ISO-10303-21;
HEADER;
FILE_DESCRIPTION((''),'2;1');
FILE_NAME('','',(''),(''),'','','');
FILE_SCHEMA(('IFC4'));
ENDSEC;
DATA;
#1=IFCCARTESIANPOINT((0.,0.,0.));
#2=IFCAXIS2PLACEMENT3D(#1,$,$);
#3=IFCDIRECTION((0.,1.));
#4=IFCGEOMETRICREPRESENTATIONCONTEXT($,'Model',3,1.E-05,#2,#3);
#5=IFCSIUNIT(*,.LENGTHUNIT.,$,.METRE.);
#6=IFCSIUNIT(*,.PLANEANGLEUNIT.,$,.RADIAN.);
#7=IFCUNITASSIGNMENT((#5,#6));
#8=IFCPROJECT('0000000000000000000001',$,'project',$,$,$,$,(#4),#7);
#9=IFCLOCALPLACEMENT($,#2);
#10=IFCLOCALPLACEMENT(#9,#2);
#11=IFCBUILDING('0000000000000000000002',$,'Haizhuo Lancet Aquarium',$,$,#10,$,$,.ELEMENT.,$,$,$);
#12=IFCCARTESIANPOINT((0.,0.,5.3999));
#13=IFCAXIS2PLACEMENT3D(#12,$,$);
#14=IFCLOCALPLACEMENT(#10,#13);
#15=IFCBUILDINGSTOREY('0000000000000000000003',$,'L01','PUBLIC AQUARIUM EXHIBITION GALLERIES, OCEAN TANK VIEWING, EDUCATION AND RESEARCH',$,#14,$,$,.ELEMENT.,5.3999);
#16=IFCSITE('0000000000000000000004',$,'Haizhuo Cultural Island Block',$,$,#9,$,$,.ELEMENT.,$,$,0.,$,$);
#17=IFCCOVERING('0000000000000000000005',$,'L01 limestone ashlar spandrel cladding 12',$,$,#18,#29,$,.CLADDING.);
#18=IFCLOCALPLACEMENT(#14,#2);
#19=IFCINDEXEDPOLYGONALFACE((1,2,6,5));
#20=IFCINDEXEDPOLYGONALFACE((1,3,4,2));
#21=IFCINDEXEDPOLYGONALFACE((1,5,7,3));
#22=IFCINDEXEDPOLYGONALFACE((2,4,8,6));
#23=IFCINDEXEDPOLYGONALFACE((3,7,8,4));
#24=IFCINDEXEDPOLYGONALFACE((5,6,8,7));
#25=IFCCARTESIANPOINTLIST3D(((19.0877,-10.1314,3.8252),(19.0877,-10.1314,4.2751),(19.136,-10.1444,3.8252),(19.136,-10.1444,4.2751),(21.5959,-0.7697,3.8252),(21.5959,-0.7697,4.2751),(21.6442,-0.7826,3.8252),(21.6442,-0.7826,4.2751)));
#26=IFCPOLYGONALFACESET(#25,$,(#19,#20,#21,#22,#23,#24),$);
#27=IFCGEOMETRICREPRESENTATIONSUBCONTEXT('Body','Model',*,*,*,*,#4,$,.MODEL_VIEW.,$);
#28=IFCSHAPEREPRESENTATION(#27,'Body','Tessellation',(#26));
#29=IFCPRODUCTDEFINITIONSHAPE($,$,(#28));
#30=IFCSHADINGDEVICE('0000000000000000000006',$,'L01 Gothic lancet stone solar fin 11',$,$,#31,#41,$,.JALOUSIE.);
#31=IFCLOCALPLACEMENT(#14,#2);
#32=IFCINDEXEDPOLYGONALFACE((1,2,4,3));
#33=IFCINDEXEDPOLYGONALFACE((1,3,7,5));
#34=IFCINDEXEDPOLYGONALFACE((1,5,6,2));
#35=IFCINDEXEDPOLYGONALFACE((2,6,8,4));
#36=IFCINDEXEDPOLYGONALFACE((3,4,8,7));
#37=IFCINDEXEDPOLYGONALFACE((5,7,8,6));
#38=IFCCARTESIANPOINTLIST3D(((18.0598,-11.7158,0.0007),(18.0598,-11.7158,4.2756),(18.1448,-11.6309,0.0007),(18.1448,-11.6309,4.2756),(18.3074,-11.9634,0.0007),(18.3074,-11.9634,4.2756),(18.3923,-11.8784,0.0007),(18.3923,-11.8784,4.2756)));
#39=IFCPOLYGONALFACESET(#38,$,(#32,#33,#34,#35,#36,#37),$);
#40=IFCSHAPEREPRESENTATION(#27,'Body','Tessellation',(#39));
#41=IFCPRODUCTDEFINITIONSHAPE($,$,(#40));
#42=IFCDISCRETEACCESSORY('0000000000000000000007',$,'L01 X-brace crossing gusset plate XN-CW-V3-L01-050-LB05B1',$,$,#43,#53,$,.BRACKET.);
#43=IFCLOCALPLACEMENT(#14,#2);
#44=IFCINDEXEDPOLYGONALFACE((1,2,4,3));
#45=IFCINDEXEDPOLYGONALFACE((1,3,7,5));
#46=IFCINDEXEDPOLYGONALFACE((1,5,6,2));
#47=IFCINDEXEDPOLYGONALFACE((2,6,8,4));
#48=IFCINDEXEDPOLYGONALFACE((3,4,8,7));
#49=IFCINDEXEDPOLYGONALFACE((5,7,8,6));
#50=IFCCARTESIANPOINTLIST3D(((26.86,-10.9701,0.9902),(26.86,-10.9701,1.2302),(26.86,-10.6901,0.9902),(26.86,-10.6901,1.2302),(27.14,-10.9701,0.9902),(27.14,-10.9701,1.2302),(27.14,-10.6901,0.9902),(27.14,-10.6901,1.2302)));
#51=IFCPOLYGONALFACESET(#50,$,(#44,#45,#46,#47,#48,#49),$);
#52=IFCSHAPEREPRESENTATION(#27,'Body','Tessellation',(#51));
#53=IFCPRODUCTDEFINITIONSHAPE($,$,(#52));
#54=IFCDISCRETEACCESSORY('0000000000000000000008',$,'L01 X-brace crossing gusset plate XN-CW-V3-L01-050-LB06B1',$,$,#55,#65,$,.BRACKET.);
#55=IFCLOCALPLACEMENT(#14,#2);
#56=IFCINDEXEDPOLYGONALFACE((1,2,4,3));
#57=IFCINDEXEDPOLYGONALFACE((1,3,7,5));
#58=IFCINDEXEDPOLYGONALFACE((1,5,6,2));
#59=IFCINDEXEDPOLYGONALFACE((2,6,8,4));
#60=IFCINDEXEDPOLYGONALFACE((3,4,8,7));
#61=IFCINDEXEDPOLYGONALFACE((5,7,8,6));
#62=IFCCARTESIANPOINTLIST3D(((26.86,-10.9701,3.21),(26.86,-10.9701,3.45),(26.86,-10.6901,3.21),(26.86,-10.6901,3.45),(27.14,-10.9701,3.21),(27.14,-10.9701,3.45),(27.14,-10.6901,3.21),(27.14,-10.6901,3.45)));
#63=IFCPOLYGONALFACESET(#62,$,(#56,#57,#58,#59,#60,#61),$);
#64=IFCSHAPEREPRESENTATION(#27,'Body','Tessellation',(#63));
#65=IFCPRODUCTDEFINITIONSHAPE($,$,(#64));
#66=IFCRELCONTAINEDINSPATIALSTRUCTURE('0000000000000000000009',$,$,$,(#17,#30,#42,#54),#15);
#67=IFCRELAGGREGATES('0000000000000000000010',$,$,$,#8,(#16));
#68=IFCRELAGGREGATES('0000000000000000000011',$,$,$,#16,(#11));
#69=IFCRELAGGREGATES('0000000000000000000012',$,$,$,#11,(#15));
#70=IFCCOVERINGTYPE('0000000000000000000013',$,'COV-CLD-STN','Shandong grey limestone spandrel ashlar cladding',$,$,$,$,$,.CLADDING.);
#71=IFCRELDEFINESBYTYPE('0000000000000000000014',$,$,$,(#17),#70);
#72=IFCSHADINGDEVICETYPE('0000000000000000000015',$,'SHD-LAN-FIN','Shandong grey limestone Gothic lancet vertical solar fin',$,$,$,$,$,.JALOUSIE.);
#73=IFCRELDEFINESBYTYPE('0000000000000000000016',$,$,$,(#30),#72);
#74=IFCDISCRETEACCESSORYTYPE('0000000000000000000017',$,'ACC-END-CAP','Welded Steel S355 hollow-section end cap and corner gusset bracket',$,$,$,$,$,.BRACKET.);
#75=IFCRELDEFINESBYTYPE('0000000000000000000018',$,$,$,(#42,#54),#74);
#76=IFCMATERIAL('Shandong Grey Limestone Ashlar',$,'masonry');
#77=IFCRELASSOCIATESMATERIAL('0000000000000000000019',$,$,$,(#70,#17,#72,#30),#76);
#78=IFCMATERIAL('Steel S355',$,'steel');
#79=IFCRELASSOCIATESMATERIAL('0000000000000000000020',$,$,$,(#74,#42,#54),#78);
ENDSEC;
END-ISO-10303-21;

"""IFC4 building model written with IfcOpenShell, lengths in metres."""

from ifc_helpers import new_model, si_unit, direction, frame, origin, origin_2d, place, context, subcontext, project, spatial, rectangle, extrude, material, type_object, element, save


model = new_model("IFC4")

# Units and contexts
model_context = context("Model", 3, precision=1e-05, world=origin(), true_north=direction((0.0, 1.0)))
body_context = subcontext(model_context, "Body", "Model", "MODEL_VIEW")
ifc_project = project(units=[si_unit("LENGTHUNIT", "METRE"), si_unit("PLANEANGLEUNIT", "RADIAN")], contexts=[model_context])

# Site, building, storey
site_placement = place(None, origin())
site = spatial("IfcSite", under=ifc_project, at=site_placement, Name="Haizhuo Cultural Island Block", CompositionType="ELEMENT", RefElevation=0.0)
building_placement = place(site_placement, origin())
building = spatial("IfcBuilding", under=site, at=building_placement, Name="Haizhuo Lancet Aquarium", CompositionType="ELEMENT")
storey_placement = place(building_placement, frame((0.0, 0.0, 5.3999)))
storey = spatial("IfcBuildingStorey", under=building, at=storey_placement, Name="L01", Description="PUBLIC AQUARIUM EXHIBITION GALLERIES, OCEAN TANK VIEWING, EDUCATION AND RESEARCH", CompositionType="ELEMENT", Elevation=5.3999)

# Shared definitions
ifc_material_1 = material(Name="Steel S355", Category="steel")

# Shared definitions
ifc_material_2 = material(Name="Shandong Grey Limestone Ashlar", Category="masonry")

# Covering
covering_type = type_object("IfcCoveringType", Name="COV-CLD-STN", Description="Shandong grey limestone spandrel ashlar cladding", PredefinedType="CLADDING", material=ifc_material_2)
covering_placement = place(storey_placement, frame((20.366, -5.457, 3.8252), z_axis=(0.0, 0.0, 1.0), x_axis=(-0.258794, -0.965933, 0.0)))
element("IfcCovering", 1, at=covering_placement, inside=storey, type_object=covering_type, material=ifc_material_2, Name="L01 limestone ashlar spandrel cladding 12", PredefinedType="CLADDING", context=body_context, shape_type="SweptSolid", body=[
    extrude(rectangle(XDim=9.6919, YDim=0.05, at=origin_2d()), origin(), (0.0, 0.0, 1.0), 0.45),
])

# Shading device
shading_device_type = type_object("IfcShadingDeviceType", Name="SHD-LAN-FIN", Description="Shandong grey limestone Gothic lancet vertical solar fin", PredefinedType="JALOUSIE", material=ifc_material_2)
shading_device_placement = place(storey_placement, frame((18.2261, -11.7971, 0.0007), z_axis=(0.0, 0.0, 1.0), x_axis=(-0.707107, -0.707107, 0.0)))
element("IfcShadingDevice", 2, at=shading_device_placement, inside=storey, type_object=shading_device_type, material=ifc_material_2, Name="L01 Gothic lancet stone solar fin 11", PredefinedType="JALOUSIE", context=body_context, shape_type="SweptSolid", body=[
    extrude(rectangle(XDim=0.1201, YDim=0.3501, at=origin_2d()), origin(), (0.0, 0.0, 1.0), 4.2749),
])

# Discrete accessories
discrete_accessory_type = type_object("IfcDiscreteAccessoryType", Name="ACC-END-CAP", Description="Welded Steel S355 hollow-section end cap and corner gusset bracket", PredefinedType="BRACKET", material=ifc_material_1)
for number, where, z_axis, x_axis, name in (
    (3, (27.0, -10.8301, 0.9902), (0.0, 0.0, 1.0), (1.0, 0.0, 0.0), "L01 X-brace crossing gusset plate XN-CW-V3-L01-050-LB05B1"),
    (4, (27.0, -10.8301, 3.21), (0.0, 0.0, 1.0), (1.0, 0.0, 0.0), "L01 X-brace crossing gusset plate XN-CW-V3-L01-050-LB06B1"),
):
    element("IfcDiscreteAccessory", number, at=place(storey_placement, frame(where, z_axis=z_axis, x_axis=x_axis)), inside=storey, type_object=discrete_accessory_type, material=ifc_material_1, Name=name, PredefinedType="BRACKET", context=body_context, shape_type="SweptSolid", body=[
        extrude(rectangle(XDim=0.28, YDim=0.28, at=origin_2d()), origin(), (0.0, 0.0, 1.0), 0.24),
    ])

save(model, "model.ifc")
